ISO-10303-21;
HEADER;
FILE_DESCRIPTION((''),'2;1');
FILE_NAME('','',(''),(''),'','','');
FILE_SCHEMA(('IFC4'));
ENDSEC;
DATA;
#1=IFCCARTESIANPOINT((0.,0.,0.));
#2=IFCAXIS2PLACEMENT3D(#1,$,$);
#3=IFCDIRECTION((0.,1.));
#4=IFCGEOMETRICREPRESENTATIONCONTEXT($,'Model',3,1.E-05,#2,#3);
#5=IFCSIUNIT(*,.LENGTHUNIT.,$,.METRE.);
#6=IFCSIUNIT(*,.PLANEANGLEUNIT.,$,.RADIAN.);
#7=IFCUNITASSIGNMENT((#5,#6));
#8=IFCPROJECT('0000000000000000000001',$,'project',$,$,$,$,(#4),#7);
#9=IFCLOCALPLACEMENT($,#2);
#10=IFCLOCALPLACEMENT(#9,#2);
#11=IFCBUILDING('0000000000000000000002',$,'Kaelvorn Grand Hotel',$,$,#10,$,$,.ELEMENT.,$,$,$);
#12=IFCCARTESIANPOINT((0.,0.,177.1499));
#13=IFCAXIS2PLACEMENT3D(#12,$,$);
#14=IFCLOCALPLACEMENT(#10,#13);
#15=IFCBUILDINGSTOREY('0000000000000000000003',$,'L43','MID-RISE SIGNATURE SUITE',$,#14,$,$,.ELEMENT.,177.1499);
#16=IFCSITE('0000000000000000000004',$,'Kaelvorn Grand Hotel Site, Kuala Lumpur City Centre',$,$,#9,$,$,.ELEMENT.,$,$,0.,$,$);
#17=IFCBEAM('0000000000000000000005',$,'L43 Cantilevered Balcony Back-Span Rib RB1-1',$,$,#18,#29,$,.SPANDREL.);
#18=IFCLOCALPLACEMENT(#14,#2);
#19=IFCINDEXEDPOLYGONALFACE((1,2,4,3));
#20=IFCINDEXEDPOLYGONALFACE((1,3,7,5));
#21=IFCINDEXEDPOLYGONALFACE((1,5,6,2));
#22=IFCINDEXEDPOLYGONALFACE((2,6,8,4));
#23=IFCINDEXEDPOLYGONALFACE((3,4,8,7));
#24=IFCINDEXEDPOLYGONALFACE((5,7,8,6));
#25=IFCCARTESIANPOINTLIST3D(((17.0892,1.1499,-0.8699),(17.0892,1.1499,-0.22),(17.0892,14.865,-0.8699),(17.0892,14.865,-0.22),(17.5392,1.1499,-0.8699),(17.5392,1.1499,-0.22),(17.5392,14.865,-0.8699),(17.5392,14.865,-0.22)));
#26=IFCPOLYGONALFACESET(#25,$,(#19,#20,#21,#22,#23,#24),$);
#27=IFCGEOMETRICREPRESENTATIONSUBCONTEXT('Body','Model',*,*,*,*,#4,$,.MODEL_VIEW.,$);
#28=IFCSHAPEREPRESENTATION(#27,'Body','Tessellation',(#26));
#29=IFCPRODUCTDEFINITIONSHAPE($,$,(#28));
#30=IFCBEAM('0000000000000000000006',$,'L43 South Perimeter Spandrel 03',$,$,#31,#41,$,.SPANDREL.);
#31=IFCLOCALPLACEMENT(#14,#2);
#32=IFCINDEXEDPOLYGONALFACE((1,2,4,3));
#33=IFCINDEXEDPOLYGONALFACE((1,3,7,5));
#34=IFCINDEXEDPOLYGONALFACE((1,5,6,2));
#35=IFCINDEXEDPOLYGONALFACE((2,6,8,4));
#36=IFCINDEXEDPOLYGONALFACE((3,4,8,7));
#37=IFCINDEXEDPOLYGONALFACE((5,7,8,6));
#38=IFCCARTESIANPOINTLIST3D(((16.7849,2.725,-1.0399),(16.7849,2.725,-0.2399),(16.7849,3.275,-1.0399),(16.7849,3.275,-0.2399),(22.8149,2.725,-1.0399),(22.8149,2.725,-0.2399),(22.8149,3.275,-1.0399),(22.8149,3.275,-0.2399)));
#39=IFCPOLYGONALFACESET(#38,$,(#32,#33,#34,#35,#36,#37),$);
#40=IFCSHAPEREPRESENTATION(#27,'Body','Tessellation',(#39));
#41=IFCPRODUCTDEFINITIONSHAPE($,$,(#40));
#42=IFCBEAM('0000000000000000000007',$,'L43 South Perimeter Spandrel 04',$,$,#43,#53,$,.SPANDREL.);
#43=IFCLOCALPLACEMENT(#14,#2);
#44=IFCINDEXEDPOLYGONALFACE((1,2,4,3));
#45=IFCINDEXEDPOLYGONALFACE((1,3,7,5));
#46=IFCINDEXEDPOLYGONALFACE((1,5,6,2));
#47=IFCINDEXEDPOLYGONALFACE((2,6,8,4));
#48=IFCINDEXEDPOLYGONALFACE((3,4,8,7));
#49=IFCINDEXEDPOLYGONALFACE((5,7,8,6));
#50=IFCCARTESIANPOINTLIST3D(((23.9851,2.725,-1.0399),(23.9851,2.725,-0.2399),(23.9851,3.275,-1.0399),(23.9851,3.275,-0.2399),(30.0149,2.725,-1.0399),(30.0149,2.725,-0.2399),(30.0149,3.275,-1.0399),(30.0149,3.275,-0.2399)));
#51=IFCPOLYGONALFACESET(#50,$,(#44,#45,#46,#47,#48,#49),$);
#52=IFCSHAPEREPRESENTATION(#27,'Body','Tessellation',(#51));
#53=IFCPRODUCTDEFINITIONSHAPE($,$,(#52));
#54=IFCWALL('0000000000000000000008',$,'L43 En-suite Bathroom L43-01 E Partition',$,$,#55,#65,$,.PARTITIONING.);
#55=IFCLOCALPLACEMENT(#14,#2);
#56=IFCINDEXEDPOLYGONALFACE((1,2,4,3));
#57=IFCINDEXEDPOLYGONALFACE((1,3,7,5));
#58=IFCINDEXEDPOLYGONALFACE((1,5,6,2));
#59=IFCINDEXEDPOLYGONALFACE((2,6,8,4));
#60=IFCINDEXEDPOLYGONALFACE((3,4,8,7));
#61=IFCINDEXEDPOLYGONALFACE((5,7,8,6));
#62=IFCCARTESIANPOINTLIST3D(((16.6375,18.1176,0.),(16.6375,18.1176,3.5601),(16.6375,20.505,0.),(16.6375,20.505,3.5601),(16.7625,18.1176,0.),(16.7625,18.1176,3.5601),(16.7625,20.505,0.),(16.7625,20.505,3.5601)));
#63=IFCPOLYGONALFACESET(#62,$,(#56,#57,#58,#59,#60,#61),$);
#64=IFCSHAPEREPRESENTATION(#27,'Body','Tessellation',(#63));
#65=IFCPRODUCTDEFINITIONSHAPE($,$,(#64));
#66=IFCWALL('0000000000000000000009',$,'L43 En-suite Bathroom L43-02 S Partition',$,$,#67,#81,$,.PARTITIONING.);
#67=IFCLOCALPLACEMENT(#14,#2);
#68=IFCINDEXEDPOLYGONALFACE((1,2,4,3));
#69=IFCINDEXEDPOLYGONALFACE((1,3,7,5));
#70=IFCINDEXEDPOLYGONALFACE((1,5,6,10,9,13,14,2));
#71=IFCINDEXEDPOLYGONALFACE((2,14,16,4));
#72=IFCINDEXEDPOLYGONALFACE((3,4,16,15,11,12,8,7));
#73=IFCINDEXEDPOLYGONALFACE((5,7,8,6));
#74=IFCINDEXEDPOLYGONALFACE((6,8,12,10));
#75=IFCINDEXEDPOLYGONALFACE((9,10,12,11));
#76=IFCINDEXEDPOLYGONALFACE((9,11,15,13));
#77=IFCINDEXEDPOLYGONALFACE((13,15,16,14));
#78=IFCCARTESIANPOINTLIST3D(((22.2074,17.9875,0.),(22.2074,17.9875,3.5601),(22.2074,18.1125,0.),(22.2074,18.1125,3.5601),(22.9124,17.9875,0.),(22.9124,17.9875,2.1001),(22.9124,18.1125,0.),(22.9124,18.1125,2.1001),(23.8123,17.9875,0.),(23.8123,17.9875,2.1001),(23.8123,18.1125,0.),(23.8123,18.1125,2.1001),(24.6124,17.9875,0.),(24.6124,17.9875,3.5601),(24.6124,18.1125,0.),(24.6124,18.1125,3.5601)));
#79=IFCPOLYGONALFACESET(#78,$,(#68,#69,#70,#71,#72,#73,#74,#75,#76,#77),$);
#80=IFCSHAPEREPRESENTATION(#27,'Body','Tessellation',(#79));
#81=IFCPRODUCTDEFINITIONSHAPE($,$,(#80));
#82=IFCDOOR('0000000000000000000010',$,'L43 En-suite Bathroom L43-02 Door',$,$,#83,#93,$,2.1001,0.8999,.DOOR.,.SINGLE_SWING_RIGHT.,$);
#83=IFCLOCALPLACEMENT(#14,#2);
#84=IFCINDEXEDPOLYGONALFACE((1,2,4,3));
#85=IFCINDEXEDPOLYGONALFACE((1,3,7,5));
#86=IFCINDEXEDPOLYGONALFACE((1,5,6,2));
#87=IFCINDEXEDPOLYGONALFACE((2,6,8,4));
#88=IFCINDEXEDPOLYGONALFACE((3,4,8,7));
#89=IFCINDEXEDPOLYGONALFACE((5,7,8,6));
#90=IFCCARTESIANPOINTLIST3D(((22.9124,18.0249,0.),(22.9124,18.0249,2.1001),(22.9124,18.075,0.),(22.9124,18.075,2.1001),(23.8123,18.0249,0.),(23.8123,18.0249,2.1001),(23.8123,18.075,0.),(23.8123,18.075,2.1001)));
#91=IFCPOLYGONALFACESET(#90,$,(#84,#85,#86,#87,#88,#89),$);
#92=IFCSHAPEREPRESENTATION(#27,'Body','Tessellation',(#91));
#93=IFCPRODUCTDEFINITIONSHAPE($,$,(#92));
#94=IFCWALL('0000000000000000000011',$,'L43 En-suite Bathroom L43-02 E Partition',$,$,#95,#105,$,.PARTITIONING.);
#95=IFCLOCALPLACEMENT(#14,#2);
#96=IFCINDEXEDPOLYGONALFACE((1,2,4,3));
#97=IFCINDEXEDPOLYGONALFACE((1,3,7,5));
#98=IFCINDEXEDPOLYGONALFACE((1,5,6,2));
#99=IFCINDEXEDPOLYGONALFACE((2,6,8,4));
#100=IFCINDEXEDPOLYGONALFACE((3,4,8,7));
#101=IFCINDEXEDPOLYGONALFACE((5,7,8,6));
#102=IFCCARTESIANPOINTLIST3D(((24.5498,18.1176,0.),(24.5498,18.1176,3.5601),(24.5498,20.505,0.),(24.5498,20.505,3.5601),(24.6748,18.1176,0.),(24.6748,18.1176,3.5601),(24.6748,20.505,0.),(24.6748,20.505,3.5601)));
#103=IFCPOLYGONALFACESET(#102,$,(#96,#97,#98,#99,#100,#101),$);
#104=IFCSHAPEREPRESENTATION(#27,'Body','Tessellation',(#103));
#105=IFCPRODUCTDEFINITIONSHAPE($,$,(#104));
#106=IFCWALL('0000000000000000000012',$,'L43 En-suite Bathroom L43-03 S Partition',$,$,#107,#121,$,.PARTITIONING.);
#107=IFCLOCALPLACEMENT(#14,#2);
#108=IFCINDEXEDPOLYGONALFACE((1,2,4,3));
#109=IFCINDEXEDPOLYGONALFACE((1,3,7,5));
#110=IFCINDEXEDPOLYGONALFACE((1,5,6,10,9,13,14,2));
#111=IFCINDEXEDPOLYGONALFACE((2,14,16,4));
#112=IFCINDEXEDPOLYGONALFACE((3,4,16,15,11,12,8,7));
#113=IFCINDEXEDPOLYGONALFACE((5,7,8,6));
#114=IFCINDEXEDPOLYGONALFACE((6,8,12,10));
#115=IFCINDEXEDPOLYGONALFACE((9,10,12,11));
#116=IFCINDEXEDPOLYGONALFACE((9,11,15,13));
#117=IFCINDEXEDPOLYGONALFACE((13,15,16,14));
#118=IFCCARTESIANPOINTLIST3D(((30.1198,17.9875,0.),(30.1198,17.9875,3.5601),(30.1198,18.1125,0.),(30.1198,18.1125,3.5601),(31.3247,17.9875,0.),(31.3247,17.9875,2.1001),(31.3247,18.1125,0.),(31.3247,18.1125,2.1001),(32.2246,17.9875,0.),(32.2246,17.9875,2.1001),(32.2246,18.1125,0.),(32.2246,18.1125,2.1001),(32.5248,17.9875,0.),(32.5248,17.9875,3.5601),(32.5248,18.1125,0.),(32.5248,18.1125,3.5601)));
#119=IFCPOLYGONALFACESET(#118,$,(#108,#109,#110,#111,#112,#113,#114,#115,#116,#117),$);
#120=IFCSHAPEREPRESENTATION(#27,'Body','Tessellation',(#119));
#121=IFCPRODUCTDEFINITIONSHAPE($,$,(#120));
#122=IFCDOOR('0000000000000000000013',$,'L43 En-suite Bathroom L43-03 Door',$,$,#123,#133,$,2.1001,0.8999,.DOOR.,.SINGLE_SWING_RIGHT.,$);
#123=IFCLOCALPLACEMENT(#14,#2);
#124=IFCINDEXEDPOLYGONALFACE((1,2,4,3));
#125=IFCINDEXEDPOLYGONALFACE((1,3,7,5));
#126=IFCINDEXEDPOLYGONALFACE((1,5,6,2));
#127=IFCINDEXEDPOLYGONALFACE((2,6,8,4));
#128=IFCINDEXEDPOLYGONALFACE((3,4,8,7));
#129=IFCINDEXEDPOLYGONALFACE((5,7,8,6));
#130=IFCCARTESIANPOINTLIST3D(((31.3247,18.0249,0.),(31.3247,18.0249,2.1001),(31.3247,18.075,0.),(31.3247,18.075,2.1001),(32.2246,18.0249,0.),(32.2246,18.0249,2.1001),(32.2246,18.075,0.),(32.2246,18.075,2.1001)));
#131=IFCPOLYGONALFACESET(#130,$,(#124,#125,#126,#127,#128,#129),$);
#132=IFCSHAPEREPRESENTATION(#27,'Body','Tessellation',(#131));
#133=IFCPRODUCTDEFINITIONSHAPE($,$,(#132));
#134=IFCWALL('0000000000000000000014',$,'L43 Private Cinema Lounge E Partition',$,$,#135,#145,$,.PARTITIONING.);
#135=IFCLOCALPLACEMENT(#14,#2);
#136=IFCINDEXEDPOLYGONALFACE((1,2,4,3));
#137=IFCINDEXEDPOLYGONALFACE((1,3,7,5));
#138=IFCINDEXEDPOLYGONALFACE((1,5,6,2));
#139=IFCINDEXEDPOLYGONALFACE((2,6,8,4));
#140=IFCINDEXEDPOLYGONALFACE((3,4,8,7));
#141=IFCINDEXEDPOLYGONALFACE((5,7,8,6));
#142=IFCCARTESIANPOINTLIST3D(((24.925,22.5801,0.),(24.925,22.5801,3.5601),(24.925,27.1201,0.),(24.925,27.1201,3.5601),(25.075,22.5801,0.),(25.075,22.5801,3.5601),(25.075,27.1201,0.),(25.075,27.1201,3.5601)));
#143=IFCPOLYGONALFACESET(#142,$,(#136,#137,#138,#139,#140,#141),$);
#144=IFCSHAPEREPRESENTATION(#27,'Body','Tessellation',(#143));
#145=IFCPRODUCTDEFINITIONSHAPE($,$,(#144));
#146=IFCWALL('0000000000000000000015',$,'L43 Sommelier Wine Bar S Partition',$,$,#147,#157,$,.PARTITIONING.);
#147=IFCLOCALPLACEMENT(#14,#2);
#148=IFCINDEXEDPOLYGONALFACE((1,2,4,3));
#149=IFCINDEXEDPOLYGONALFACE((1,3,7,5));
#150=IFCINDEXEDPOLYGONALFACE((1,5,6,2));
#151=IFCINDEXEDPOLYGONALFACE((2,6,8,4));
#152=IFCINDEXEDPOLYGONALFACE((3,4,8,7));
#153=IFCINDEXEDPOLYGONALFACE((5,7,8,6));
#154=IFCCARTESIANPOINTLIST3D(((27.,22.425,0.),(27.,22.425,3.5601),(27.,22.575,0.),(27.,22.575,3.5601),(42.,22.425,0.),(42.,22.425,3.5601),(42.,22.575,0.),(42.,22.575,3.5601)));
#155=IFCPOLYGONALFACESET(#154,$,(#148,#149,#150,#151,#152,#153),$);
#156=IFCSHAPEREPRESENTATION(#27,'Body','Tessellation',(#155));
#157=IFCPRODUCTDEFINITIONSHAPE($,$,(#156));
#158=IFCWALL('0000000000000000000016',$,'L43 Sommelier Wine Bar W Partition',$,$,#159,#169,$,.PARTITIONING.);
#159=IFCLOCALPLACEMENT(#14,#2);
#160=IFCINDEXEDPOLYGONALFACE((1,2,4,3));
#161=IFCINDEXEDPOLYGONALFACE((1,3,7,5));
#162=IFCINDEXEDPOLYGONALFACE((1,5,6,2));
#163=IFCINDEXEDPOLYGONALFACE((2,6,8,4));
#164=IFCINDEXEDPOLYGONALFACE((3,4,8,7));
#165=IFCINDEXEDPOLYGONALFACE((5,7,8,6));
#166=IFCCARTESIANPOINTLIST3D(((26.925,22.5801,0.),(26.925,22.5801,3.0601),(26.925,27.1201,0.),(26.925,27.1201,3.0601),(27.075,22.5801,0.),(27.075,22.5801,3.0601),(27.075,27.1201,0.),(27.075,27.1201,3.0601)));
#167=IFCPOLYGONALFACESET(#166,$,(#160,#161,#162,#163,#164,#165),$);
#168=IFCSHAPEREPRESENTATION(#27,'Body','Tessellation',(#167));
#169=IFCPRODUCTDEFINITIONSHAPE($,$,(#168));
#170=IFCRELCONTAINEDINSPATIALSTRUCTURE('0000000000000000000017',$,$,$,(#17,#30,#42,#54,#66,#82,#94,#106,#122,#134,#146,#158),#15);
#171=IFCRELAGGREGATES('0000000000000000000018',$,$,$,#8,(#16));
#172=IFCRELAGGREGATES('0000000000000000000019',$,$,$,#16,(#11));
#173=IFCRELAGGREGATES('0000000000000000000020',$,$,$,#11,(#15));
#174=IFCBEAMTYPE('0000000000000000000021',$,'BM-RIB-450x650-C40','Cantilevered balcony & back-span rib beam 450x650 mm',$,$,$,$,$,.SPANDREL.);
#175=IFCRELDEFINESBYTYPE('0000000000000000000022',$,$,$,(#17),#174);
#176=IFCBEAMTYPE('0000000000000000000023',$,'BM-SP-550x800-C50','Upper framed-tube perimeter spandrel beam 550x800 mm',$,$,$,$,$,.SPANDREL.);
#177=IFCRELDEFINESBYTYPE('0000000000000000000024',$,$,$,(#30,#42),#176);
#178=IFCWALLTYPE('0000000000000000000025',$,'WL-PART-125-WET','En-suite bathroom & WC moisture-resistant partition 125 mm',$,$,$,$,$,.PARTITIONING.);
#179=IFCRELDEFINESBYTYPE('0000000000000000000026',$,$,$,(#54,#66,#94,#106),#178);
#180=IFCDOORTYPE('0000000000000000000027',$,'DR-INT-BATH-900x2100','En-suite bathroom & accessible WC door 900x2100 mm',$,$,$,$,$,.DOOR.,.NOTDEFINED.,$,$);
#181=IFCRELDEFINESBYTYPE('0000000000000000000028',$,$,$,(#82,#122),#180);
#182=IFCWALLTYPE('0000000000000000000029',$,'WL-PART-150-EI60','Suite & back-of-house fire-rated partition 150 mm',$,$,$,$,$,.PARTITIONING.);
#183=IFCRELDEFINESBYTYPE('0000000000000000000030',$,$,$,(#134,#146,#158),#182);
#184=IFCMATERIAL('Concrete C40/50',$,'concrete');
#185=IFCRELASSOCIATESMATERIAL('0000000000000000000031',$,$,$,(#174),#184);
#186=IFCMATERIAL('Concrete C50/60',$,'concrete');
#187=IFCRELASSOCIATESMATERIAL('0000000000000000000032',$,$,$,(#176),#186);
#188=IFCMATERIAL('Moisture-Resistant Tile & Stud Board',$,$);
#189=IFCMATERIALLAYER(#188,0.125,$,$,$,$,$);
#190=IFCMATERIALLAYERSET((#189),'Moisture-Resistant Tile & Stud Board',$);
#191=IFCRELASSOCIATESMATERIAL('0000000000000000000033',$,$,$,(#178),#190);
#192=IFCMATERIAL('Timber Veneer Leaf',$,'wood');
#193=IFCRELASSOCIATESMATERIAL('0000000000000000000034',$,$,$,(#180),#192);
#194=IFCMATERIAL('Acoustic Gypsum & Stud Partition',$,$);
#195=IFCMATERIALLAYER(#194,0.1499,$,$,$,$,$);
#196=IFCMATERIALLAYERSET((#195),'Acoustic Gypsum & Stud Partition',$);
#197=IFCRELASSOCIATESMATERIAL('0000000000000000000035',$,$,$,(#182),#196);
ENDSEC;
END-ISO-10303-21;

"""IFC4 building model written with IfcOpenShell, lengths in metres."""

from ifc_helpers import new_model, si_unit, direction, frame, frame_2d, origin, origin_2d, place, context, subcontext, project, spatial, rectangle, extrude, material, layer, layer_set, material_profile, profile_set, type_object, element, fill, save


model = new_model("IFC4")

# Units and contexts
model_context = context("Model", 3, precision=1e-05, world=origin(), true_north=direction((0.0, 1.0)))
body_context = subcontext(model_context, "Body", "Model", "MODEL_VIEW")
ifc_project = project(units=[si_unit("LENGTHUNIT", "METRE"), si_unit("PLANEANGLEUNIT", "RADIAN")], contexts=[model_context])

# Site, building, storey
site_placement = place(None, origin())
site = spatial("IfcSite", under=ifc_project, at=site_placement, Name="Kaelvorn Grand Hotel Site, Kuala Lumpur City Centre", CompositionType="ELEMENT", RefElevation=0.0)
building_placement = place(site_placement, origin())
building = spatial("IfcBuilding", under=site, at=building_placement, Name="Kaelvorn Grand Hotel", CompositionType="ELEMENT")
storey_placement = place(building_placement, frame((0.0, 0.0, 177.1499)))
storey = spatial("IfcBuildingStorey", under=building, at=storey_placement, Name="L43", Description="MID-RISE SIGNATURE SUITE", CompositionType="ELEMENT", Elevation=177.1499)

# Beams
ifc_material_1 = material(Name="Concrete C40/50", Category="concrete")
ifc_material_profile_1 = material_profile(ifc_material_1, rectangle(XDim=0.45, YDim=0.6499, at=origin_2d()), Name="RC RIB 450x650")
ifc_profile_set_1 = profile_set([ifc_material_profile_1], Name="Concrete C40/50")
beam_type_1 = type_object("IfcBeamType", Name="BM-RIB-450x650-C40", Description="Cantilevered balcony & back-span rib beam 450x650 mm", PredefinedType="SPANDREL", material=ifc_profile_set_1)
beam_1_placement = place(storey_placement, frame((17.3142, 1.1499, -0.5449), z_axis=(0.0, 1.0, 0.0), x_axis=(-1.0, 0.0, 0.0)))
element("IfcBeam", 1, at=beam_1_placement, inside=storey, type_object=beam_type_1, Name="L43 Cantilevered Balcony Back-Span Rib RB1-1", PredefinedType="SPANDREL", context=body_context, shape_type="SweptSolid", body=[
    extrude(rectangle(XDim=0.45, YDim=0.6499, at=origin_2d()), origin(), (0.0, 0.0, 1.0), 13.7151),
])
ifc_material_2 = material(Name="Concrete C50/60", Category="concrete")
ifc_material_profile_2 = material_profile(ifc_material_2, rectangle(XDim=0.55, YDim=0.8, at=origin_2d()), Name="RC SPANDREL 550x800")
ifc_profile_set_2 = profile_set([ifc_material_profile_2], Name="Concrete C50/60")
beam_type_2 = type_object("IfcBeamType", Name="BM-SP-550x800-C50", Description="Upper framed-tube perimeter spandrel beam 550x800 mm", PredefinedType="SPANDREL", material=ifc_profile_set_2)
beam_2_placement = place(storey_placement, frame((16.7849, 3.0, -0.6399), z_axis=(1.0, 0.0, 0.0), x_axis=(0.0, 1.0, 0.0)))
element("IfcBeam", 2, at=beam_2_placement, inside=storey, type_object=beam_type_2, Name="L43 South Perimeter Spandrel 03", PredefinedType="SPANDREL", context=body_context, shape_type="SweptSolid", body=[
    extrude(rectangle(XDim=0.55, YDim=0.8, at=origin_2d()), origin(), (0.0, 0.0, 1.0), 6.03),
])
beam_3_placement = place(storey_placement, frame((23.9851, 3.0, -0.6399), z_axis=(1.0, 0.0, 0.0), x_axis=(0.0, 1.0, 0.0)))
element("IfcBeam", 3, at=beam_3_placement, inside=storey, type_object=beam_type_2, Name="L43 South Perimeter Spandrel 04", PredefinedType="SPANDREL", context=body_context, shape_type="SweptSolid", body=[
    extrude(rectangle(XDim=0.55, YDim=0.8, at=origin_2d()), origin(), (0.0, 0.0, 1.0), 6.0298),
])

# Wall
ifc_material_3 = material(Name="Moisture-Resistant Tile & Stud Board")
ifc_layer_1 = layer(ifc_material_3, 0.125)
ifc_layer_set_1 = layer_set([ifc_layer_1], Name="Moisture-Resistant Tile & Stud Board")
wall_type_1 = type_object("IfcWallType", Name="WL-PART-125-WET", Description="En-suite bathroom & WC moisture-resistant partition 125 mm", PredefinedType="PARTITIONING", material=ifc_layer_set_1)
wall_1_placement = place(storey_placement, frame((16.7, 18.1174, 0.0), z_axis=(0.0, 0.0, 1.0), x_axis=(0.0, 1.0, 0.0)))
element("IfcWall", 4, at=wall_1_placement, inside=storey, type_object=wall_type_1, Name="L43 En-suite Bathroom L43-01 E Partition", PredefinedType="PARTITIONING", context=body_context, shape_type="SweptSolid", body=[
    extrude(rectangle(XDim=2.3875, YDim=0.125, at=frame_2d((1.1938, 0.0))), origin(), (0.0, 0.0, 1.0), 3.5601),
])

# Wall, opening, door
wall_2_placement = place(storey_placement, frame((22.2073, 18.05, 0.0), z_axis=(0.0, 0.0, 1.0), x_axis=(1.0, 0.0, 0.0)))
wall_2 = element("IfcWall", 5, at=wall_2_placement, inside=storey, type_object=wall_type_1, Name="L43 En-suite Bathroom L43-02 S Partition", PredefinedType="PARTITIONING", context=body_context, shape_type="SweptSolid", body=[
    extrude(rectangle(XDim=2.405, YDim=0.125, at=frame_2d((1.2026, 0.0))), origin(), (0.0, 0.0, 1.0), 3.5601),
])
opening_1_placement = place(wall_2_placement, frame((0.7051, 0.0, 0.0)))
opening_1 = element("IfcOpeningElement", 6, at=opening_1_placement, cuts=wall_2, PredefinedType="OPENING", context=body_context, shape_type="SweptSolid", body=[
    extrude(rectangle(XDim=0.8999, YDim=2.1001, at=frame_2d((0.45, 1.05))), frame((0.0, 0.0725, 0.0), z_axis=(0.0, -1.0, 0.0), x_axis=(1.0, 0.0, 0.0)), (0.0, 0.0, 1.0), 0.145),
])
ifc_material_4 = material(Name="Timber Veneer Leaf", Category="wood")
door_type_1 = type_object("IfcDoorType", Name="DR-INT-BATH-900x2100", Description="En-suite bathroom & accessible WC door 900x2100 mm", OperationType="NOTDEFINED", PredefinedType="DOOR", material=ifc_material_4)
door_1_placement = place(opening_1_placement, origin())
door_1 = element("IfcDoor", 7, at=door_1_placement, inside=storey, type_object=door_type_1, Name="L43 En-suite Bathroom L43-02 Door", OperationType="SINGLE_SWING_RIGHT", OverallHeight=2.1001, OverallWidth=0.8999, PredefinedType="DOOR", context=body_context, shape_type="SweptSolid", body=[
    extrude(rectangle(XDim=0.8999, YDim=2.1001, at=frame_2d((0.45, 1.05))), frame((0.0, 0.0249, 0.0), z_axis=(0.0, -1.0, 0.0), x_axis=(1.0, 0.0, 0.0)), (0.0, 0.0, 1.0), 0.05),
])
fill(opening_1, door_1)

# Wall
wall_3_placement = place(storey_placement, frame((24.6123, 18.1174, 0.0), z_axis=(0.0, 0.0, 1.0), x_axis=(0.0, 1.0, 0.0)))
element("IfcWall", 8, at=wall_3_placement, inside=storey, type_object=wall_type_1, Name="L43 En-suite Bathroom L43-02 E Partition", PredefinedType="PARTITIONING", context=body_context, shape_type="SweptSolid", body=[
    extrude(rectangle(XDim=2.3875, YDim=0.125, at=frame_2d((1.1938, 0.0))), origin(), (0.0, 0.0, 1.0), 3.5601),
])

# Wall, opening, door
wall_4_placement = place(storey_placement, frame((30.1196, 18.05, 0.0), z_axis=(0.0, 0.0, 1.0), x_axis=(1.0, 0.0, 0.0)))
wall_4 = element("IfcWall", 9, at=wall_4_placement, inside=storey, type_object=wall_type_1, Name="L43 En-suite Bathroom L43-03 S Partition", PredefinedType="PARTITIONING", context=body_context, shape_type="SweptSolid", body=[
    extrude(rectangle(XDim=2.405, YDim=0.125, at=frame_2d((1.2026, 0.0))), origin(), (0.0, 0.0, 1.0), 3.5601),
])
opening_2_placement = place(wall_4_placement, frame((1.2051, 0.0, 0.0)))
opening_2 = element("IfcOpeningElement", 10, at=opening_2_placement, cuts=wall_4, PredefinedType="OPENING", context=body_context, shape_type="SweptSolid", body=[
    extrude(rectangle(XDim=0.8999, YDim=2.1001, at=frame_2d((0.45, 1.05))), frame((0.0, 0.0725, 0.0), z_axis=(0.0, -1.0, 0.0), x_axis=(1.0, 0.0, 0.0)), (0.0, 0.0, 1.0), 0.145),
])
door_2_placement = place(opening_2_placement, origin())
door_2 = element("IfcDoor", 11, at=door_2_placement, inside=storey, type_object=door_type_1, Name="L43 En-suite Bathroom L43-03 Door", OperationType="SINGLE_SWING_RIGHT", OverallHeight=2.1001, OverallWidth=0.8999, PredefinedType="DOOR", context=body_context, shape_type="SweptSolid", body=[
    extrude(rectangle(XDim=0.8999, YDim=2.1001, at=frame_2d((0.45, 1.05))), frame((0.0, 0.0249, 0.0), z_axis=(0.0, -1.0, 0.0), x_axis=(1.0, 0.0, 0.0)), (0.0, 0.0, 1.0), 0.05),
])
fill(opening_2, door_2)

# Walls
ifc_material_5 = material(Name="Acoustic Gypsum & Stud Partition")
ifc_layer_2 = layer(ifc_material_5, 0.1499)
ifc_layer_set_2 = layer_set([ifc_layer_2], Name="Acoustic Gypsum & Stud Partition")
wall_type_2 = type_object("IfcWallType", Name="WL-PART-150-EI60", Description="Suite & back-of-house fire-rated partition 150 mm", PredefinedType="PARTITIONING", material=ifc_layer_set_2)
wall_5_placement = place(storey_placement, frame((25.0, 22.5801, 0.0), z_axis=(0.0, 0.0, 1.0), x_axis=(0.0, 1.0, 0.0)))
element("IfcWall", 12, at=wall_5_placement, inside=storey, type_object=wall_type_2, Name="L43 Private Cinema Lounge E Partition", PredefinedType="PARTITIONING", context=body_context, shape_type="SweptSolid", body=[
    extrude(rectangle(XDim=4.54, YDim=0.1499, at=frame_2d((2.27, 0.0))), origin(), (0.0, 0.0, 1.0), 3.5601),
])
wall_6_placement = place(storey_placement, frame((27.0, 22.5, 0.0), z_axis=(0.0, 0.0, 1.0), x_axis=(1.0, 0.0, 0.0)))
element("IfcWall", 13, at=wall_6_placement, inside=storey, type_object=wall_type_2, Name="L43 Sommelier Wine Bar S Partition", PredefinedType="PARTITIONING", context=body_context, shape_type="SweptSolid", body=[
    extrude(rectangle(XDim=15.0, YDim=0.1499, at=frame_2d((7.5, 0.0))), origin(), (0.0, 0.0, 1.0), 3.5601),
])
wall_7_placement = place(storey_placement, frame((27.0, 22.5801, 0.0), z_axis=(0.0, 0.0, 1.0), x_axis=(0.0, 1.0, 0.0)))
element("IfcWall", 14, at=wall_7_placement, inside=storey, type_object=wall_type_2, Name="L43 Sommelier Wine Bar W Partition", PredefinedType="PARTITIONING", context=body_context, shape_type="SweptSolid", body=[
    extrude(rectangle(XDim=4.54, YDim=0.1499, at=frame_2d((2.27, 0.0))), origin(), (0.0, 0.0, 1.0), 3.0601),
])

save(model, "model.ifc")
